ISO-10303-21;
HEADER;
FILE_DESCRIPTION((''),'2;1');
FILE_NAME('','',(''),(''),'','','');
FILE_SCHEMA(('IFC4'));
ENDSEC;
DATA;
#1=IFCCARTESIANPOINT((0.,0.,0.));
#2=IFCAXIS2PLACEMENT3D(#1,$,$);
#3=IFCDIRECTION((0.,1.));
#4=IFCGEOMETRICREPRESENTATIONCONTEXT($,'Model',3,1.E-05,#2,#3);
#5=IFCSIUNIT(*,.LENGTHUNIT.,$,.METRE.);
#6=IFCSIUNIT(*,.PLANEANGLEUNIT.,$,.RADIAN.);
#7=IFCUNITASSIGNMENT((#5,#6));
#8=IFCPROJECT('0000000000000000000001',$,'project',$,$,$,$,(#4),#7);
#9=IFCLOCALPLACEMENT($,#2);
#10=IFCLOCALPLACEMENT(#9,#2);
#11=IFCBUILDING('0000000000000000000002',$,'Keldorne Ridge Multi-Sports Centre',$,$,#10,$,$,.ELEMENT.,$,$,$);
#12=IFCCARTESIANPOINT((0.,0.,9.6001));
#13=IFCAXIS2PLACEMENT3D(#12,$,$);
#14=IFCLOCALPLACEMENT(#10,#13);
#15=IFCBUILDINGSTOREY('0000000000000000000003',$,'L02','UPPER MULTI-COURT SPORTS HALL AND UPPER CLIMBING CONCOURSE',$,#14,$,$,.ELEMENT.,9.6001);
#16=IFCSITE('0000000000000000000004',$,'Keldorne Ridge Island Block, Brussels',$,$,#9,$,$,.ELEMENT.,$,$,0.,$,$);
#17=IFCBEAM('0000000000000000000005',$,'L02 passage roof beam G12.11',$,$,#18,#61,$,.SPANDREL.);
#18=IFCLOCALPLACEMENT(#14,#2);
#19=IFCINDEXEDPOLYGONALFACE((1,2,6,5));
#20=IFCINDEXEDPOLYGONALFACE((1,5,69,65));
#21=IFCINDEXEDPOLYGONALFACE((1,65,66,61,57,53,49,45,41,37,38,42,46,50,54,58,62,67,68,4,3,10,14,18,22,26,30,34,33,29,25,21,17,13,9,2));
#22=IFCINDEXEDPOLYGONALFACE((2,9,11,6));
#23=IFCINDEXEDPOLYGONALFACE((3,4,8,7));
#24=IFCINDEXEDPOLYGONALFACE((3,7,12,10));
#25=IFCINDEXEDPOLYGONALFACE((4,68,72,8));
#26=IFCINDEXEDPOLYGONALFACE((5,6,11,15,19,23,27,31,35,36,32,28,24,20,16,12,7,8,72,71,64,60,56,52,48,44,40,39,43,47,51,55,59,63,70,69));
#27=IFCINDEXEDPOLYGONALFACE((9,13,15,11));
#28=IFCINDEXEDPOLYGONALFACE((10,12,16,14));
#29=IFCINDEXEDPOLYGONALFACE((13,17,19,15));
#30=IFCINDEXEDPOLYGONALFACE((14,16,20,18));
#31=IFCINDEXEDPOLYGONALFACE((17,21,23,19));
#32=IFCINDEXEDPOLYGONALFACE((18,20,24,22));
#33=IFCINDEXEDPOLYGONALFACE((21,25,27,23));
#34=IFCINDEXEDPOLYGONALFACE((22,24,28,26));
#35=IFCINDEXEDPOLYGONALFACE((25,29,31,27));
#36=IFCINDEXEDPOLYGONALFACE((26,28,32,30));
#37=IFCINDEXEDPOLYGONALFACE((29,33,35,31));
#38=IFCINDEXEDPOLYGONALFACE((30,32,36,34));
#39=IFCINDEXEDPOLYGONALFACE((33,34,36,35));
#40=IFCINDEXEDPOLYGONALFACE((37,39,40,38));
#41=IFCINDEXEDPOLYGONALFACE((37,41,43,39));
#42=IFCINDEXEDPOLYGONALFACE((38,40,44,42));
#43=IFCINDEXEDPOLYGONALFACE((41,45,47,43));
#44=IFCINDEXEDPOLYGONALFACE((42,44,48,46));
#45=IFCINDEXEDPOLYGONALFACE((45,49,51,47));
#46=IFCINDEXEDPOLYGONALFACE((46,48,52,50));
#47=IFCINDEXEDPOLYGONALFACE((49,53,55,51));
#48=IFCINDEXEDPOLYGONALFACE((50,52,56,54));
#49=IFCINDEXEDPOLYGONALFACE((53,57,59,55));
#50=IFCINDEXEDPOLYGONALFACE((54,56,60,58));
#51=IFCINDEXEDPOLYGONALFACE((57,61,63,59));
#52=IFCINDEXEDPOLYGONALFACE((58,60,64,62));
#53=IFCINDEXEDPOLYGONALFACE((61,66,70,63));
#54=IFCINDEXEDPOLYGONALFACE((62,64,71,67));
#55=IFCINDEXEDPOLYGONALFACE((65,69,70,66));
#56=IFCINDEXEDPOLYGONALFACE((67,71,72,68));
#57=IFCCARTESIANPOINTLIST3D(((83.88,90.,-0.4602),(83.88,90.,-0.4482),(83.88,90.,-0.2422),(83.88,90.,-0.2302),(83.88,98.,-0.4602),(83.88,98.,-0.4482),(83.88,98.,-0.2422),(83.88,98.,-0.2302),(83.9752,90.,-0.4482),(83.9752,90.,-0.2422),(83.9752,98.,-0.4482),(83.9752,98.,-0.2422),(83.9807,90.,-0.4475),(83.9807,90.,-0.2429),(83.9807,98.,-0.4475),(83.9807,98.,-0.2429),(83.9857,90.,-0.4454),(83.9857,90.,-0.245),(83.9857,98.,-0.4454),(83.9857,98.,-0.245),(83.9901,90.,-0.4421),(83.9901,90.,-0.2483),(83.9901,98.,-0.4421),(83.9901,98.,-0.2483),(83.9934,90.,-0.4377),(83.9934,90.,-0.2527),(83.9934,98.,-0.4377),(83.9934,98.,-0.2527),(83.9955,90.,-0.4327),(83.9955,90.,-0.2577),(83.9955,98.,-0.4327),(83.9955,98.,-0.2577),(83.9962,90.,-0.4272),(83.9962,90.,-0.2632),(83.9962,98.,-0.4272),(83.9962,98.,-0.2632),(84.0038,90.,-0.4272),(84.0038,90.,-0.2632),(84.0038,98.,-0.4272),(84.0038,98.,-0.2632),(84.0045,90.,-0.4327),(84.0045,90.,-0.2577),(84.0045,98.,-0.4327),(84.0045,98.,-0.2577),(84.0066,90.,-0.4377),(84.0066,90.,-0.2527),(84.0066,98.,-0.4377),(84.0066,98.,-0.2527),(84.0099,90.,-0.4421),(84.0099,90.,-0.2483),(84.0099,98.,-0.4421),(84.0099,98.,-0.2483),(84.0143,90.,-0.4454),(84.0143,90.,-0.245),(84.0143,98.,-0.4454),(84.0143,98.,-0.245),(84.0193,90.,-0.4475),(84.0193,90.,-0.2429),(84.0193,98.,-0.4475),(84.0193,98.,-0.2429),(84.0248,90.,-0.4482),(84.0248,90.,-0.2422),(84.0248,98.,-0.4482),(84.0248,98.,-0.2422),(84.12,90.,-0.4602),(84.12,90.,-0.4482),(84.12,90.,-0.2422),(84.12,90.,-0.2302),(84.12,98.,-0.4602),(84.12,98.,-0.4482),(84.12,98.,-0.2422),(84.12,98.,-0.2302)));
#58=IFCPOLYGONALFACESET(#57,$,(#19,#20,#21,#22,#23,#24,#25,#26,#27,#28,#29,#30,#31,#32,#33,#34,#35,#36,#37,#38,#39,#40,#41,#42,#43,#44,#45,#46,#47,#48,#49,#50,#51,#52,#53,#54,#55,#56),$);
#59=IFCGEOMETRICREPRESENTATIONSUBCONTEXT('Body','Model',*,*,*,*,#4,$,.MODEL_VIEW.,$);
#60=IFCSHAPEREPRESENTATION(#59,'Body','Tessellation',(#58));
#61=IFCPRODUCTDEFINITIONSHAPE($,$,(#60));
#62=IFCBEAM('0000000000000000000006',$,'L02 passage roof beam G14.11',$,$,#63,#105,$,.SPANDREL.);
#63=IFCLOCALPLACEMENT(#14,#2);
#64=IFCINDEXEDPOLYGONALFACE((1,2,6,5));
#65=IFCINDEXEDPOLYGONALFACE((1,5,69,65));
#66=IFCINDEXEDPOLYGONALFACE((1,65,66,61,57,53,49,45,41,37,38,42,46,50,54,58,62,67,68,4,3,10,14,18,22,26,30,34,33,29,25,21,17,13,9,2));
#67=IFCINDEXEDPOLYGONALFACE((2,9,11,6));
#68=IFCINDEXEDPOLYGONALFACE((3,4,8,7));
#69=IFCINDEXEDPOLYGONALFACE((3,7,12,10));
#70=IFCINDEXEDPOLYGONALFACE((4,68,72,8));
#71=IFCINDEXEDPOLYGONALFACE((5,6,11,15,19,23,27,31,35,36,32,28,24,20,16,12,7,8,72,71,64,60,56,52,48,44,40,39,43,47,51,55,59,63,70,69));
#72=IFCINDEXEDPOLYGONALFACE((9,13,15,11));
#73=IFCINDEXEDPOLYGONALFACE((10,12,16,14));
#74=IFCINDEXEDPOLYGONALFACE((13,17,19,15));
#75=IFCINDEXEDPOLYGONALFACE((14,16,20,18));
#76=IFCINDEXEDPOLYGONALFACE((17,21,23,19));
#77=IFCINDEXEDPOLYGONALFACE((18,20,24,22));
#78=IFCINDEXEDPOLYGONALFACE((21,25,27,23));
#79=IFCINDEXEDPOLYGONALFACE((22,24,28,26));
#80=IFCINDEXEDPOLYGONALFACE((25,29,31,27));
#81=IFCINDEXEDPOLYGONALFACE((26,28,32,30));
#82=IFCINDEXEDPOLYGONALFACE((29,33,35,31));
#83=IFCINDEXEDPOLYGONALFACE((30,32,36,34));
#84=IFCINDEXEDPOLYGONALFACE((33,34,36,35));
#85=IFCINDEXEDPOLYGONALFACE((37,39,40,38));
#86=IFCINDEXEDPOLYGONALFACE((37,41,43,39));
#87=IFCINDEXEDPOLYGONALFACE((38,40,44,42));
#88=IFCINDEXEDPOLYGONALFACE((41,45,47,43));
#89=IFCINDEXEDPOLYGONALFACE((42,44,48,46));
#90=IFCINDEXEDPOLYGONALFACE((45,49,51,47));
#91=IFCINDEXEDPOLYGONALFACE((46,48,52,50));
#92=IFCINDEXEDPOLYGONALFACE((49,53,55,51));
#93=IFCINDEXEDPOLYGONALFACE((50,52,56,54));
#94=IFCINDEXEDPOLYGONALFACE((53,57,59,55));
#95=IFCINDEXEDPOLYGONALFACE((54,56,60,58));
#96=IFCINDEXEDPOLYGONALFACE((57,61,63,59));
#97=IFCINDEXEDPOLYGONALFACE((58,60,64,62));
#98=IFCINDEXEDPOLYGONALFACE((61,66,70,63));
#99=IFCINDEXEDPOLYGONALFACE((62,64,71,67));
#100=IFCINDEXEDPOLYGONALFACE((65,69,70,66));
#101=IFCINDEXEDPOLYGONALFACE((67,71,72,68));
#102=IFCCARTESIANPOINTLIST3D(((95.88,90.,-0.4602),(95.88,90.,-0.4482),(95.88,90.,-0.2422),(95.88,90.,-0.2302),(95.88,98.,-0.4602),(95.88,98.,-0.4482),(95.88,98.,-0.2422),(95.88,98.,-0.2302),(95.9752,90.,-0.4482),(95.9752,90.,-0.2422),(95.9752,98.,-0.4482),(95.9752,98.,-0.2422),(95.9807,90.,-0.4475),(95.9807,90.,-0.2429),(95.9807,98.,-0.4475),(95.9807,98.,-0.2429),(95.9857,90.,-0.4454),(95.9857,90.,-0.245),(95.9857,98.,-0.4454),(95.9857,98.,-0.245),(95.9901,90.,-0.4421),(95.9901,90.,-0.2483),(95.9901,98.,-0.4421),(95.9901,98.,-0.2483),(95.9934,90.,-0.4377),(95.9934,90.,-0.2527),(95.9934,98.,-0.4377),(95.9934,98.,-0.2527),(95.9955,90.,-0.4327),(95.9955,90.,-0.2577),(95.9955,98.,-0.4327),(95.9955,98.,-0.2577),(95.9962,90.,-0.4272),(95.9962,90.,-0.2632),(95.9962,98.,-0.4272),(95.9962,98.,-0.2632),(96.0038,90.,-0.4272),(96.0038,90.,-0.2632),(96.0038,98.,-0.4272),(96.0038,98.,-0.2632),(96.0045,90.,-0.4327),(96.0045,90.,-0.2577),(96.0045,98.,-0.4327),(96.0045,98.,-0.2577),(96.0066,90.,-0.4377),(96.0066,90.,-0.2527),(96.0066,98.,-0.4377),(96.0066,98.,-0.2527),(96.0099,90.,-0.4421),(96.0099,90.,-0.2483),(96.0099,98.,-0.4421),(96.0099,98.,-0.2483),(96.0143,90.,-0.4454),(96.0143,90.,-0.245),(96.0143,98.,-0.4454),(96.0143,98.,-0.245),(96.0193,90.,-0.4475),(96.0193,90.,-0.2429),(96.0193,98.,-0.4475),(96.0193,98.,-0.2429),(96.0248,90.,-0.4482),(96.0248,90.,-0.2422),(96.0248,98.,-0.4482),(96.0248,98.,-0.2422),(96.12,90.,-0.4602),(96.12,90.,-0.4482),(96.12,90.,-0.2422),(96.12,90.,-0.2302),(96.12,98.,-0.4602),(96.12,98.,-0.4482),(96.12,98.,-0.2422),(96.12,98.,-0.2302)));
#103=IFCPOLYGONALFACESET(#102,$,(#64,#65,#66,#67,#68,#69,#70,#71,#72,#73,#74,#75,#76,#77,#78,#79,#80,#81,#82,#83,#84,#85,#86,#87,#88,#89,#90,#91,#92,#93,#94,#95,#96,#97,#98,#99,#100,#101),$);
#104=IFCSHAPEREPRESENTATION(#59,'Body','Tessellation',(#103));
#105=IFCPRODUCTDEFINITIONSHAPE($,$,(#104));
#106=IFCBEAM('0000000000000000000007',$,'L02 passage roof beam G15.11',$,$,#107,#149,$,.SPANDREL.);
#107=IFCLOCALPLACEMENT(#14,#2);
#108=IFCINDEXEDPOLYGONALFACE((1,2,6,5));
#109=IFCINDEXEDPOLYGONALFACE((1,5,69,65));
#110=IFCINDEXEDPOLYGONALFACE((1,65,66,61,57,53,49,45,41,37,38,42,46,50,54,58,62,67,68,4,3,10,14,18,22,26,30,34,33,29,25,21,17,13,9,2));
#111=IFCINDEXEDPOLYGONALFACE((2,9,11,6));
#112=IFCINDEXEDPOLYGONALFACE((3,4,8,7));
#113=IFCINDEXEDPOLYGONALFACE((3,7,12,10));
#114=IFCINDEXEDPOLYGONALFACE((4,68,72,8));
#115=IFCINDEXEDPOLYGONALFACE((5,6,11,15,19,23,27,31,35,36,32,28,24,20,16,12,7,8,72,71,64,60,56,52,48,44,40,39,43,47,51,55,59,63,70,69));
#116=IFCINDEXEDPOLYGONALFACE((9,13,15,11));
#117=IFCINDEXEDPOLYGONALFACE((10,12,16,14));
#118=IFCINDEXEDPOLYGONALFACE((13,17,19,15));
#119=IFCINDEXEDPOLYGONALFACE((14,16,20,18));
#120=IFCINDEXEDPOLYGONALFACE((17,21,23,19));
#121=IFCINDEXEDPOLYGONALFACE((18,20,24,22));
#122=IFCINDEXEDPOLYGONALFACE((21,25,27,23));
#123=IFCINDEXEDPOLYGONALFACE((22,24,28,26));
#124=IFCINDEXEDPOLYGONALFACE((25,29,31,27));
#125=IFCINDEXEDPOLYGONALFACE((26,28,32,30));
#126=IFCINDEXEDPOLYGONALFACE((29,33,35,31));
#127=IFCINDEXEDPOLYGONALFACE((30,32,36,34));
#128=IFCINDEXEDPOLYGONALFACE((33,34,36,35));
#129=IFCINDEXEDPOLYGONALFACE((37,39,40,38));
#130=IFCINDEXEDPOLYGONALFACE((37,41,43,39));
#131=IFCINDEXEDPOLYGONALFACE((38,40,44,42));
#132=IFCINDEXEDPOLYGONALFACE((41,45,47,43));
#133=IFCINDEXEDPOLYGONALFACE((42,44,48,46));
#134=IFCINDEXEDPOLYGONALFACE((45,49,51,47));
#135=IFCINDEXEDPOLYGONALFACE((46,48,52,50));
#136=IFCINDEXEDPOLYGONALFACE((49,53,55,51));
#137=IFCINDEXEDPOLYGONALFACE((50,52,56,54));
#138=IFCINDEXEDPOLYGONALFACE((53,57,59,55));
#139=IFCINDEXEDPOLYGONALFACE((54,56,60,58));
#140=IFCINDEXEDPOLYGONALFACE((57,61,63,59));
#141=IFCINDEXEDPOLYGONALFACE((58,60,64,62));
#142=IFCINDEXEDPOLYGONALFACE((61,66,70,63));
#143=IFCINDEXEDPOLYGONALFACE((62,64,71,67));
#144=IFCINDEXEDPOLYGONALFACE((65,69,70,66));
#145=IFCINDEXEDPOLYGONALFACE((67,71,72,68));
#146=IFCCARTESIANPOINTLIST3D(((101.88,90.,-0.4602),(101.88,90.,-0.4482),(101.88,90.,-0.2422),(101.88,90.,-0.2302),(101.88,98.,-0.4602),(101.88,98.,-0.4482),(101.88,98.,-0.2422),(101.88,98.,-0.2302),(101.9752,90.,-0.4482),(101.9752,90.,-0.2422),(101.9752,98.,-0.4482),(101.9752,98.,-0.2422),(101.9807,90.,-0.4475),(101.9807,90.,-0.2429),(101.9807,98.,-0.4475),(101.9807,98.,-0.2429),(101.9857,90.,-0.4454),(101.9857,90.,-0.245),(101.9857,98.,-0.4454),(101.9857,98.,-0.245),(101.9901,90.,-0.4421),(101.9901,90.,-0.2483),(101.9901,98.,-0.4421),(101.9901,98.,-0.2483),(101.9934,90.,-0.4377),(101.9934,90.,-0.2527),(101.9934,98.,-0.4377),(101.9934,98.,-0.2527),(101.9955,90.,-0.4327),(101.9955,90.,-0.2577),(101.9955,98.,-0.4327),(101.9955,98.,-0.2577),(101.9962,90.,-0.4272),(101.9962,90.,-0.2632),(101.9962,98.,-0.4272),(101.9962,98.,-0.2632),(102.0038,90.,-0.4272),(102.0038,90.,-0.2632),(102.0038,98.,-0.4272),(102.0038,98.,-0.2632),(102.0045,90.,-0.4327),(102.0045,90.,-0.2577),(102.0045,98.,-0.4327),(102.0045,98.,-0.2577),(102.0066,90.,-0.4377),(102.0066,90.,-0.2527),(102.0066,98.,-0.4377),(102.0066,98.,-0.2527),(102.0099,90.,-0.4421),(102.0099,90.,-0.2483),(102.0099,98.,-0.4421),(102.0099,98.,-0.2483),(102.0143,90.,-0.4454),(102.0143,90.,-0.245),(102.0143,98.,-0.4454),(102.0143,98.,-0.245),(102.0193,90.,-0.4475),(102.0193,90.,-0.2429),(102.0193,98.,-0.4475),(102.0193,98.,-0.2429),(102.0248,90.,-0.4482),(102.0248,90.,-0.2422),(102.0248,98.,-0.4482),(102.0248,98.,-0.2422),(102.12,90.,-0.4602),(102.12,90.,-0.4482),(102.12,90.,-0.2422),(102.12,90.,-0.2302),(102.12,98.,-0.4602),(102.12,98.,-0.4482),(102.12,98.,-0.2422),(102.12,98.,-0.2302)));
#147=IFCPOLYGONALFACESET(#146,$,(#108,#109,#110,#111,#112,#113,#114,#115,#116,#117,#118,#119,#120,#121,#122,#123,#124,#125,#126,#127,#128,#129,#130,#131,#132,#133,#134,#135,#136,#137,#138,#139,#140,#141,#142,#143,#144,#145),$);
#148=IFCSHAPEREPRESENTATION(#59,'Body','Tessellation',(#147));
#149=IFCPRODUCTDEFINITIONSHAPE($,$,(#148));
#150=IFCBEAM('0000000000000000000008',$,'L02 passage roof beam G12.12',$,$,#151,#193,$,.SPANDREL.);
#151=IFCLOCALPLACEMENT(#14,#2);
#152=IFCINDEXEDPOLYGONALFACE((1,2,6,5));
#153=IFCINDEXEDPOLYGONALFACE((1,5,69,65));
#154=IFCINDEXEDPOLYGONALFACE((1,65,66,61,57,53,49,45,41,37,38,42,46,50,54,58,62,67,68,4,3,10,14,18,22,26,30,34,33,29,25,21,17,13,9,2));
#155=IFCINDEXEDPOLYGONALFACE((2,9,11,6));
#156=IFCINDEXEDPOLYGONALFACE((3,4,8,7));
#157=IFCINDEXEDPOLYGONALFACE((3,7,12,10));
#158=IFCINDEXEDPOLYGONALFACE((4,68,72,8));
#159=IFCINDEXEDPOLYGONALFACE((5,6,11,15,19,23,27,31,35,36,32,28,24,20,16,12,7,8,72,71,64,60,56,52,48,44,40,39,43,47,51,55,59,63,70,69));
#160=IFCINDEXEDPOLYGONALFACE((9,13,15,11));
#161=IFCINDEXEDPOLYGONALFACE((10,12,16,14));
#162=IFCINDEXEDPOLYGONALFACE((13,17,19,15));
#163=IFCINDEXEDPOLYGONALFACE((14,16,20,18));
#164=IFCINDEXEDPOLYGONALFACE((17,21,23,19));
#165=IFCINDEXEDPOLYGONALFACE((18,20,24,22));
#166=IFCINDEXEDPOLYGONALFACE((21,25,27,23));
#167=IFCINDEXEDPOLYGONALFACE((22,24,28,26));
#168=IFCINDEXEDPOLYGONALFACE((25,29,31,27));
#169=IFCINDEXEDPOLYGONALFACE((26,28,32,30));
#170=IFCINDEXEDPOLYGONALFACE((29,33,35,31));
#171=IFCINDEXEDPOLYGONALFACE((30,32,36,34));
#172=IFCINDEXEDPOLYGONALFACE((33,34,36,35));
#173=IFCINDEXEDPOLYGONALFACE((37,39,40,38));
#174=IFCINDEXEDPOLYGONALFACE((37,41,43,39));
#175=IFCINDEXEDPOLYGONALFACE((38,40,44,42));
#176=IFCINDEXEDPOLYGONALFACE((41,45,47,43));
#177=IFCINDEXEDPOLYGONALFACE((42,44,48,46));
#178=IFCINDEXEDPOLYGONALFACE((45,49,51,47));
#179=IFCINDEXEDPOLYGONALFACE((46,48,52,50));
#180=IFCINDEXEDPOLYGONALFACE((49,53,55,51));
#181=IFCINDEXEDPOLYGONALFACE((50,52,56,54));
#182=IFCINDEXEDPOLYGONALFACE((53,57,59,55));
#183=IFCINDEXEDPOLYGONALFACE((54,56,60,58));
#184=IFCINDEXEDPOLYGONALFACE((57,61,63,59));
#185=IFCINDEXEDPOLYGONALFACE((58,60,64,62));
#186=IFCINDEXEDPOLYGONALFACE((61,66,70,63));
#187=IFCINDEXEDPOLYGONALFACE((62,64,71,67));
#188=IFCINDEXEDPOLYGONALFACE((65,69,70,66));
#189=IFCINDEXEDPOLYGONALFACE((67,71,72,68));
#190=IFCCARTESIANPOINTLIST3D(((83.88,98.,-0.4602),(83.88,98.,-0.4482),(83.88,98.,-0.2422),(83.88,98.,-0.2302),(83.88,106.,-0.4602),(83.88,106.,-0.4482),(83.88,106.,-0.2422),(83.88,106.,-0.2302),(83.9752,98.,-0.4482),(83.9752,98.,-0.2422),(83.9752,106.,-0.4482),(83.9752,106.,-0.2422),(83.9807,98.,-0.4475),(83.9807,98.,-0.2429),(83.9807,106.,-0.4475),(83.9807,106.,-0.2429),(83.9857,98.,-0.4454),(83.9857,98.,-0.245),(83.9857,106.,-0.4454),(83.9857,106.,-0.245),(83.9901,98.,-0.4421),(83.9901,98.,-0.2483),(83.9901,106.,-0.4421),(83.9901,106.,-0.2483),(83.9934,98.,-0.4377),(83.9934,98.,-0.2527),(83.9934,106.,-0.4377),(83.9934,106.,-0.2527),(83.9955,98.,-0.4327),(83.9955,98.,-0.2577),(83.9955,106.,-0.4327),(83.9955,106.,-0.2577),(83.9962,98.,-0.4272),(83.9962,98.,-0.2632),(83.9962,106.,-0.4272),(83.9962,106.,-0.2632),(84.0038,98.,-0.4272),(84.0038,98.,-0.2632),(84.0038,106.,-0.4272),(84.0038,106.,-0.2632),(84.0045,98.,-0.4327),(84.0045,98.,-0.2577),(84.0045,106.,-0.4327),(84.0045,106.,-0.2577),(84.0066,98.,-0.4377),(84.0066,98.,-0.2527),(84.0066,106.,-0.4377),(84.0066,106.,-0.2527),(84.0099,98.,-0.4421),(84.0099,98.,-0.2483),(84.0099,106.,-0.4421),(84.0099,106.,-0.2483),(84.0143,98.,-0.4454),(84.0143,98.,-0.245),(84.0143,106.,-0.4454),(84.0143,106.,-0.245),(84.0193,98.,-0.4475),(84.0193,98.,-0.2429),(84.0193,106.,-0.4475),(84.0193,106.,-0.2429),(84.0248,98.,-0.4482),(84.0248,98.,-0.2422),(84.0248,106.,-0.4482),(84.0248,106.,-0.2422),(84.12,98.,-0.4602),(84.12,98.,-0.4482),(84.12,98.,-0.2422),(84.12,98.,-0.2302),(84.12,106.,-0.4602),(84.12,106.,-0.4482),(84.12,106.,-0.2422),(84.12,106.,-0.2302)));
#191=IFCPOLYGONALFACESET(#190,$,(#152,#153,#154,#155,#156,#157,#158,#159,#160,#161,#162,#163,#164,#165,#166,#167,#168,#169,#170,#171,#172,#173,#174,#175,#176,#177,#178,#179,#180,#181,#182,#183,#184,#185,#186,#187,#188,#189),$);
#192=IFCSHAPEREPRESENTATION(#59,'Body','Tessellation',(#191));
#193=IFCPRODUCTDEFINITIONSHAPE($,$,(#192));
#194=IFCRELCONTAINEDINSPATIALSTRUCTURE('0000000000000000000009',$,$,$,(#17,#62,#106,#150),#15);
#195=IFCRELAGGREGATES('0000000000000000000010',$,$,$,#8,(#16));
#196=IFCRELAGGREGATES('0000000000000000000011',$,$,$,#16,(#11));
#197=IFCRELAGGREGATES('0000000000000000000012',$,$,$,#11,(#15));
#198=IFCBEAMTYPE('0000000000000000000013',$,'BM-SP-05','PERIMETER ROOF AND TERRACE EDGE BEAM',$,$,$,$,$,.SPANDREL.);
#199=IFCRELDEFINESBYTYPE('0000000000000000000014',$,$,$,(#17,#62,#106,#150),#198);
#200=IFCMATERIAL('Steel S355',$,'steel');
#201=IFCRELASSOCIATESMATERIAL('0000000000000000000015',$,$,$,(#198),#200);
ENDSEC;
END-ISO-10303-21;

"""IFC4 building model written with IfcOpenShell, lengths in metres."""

from ifc_helpers import new_model, si_unit, direction, frame, origin, origin_2d, place, context, subcontext, project, spatial, i_section, extrude, material, material_profile, profile_set, type_object, element, save


model = new_model("IFC4")

# Units and contexts
model_context = context("Model", 3, precision=1e-05, world=origin(), true_north=direction((0.0, 1.0)))
body_context = subcontext(model_context, "Body", "Model", "MODEL_VIEW")
ifc_project = project(units=[si_unit("LENGTHUNIT", "METRE"), si_unit("PLANEANGLEUNIT", "RADIAN")], contexts=[model_context])

# Site, building, storey
site_placement = place(None, origin())
site = spatial("IfcSite", under=ifc_project, at=site_placement, Name="Keldorne Ridge Island Block, Brussels", CompositionType="ELEMENT", RefElevation=0.0)
building_placement = place(site_placement, origin())
building = spatial("IfcBuilding", under=site, at=building_placement, Name="Keldorne Ridge Multi-Sports Centre", CompositionType="ELEMENT")
storey_placement = place(building_placement, frame((0.0, 0.0, 9.6001)))
storey = spatial("IfcBuildingStorey", under=building, at=storey_placement, Name="L02", Description="UPPER MULTI-COURT SPORTS HALL AND UPPER CLIMBING CONCOURSE", CompositionType="ELEMENT", Elevation=9.6001)

# Shared definitions
ifc_material_1 = material(Name="Steel S355", Category="steel")

# Beams
ifc_material_profile_1 = material_profile(ifc_material_1, i_section(OverallWidth=0.24, OverallDepth=0.23, WebThickness=0.0076, FlangeThickness=0.012, FilletRadius=0.021, at=origin_2d()), Name="HEA 240")
ifc_profile_set_1 = profile_set([ifc_material_profile_1], Name="Steel S355")
beam_type_1 = type_object("IfcBeamType", Name="BM-SP-05", Description="PERIMETER ROOF AND TERRACE EDGE BEAM", PredefinedType="SPANDREL", material=ifc_profile_set_1)
for number, where, z_axis, x_axis, name in (
    (1, (84.0, 90.0, -0.3452), (0.0, 1.0, 0.0), (-1.0, 0.0, 0.0), "L02 passage roof beam G12.11"),
    (2, (96.0, 90.0, -0.3452), (0.0, 1.0, 0.0), (-1.0, 0.0, 0.0), "L02 passage roof beam G14.11"),
    (3, (102.0, 90.0, -0.3452), (0.0, 1.0, 0.0), (-1.0, 0.0, 0.0), "L02 passage roof beam G15.11"),
    (4, (84.0, 98.0, -0.3452), (0.0, 1.0, 0.0), (-1.0, 0.0, 0.0), "L02 passage roof beam G12.12"),
):
    element("IfcBeam", number, at=place(storey_placement, frame(where, z_axis=z_axis, x_axis=x_axis)), inside=storey, type_object=beam_type_1, Name=name, PredefinedType="SPANDREL", context=body_context, shape_type="SweptSolid", body=[
        extrude(i_section(OverallWidth=0.24, OverallDepth=0.23, WebThickness=0.0076, FlangeThickness=0.012, FilletRadius=0.021, at=origin_2d()), origin(), (0.0, 0.0, 1.0), 8.0),
    ])

save(model, "model.ifc")
